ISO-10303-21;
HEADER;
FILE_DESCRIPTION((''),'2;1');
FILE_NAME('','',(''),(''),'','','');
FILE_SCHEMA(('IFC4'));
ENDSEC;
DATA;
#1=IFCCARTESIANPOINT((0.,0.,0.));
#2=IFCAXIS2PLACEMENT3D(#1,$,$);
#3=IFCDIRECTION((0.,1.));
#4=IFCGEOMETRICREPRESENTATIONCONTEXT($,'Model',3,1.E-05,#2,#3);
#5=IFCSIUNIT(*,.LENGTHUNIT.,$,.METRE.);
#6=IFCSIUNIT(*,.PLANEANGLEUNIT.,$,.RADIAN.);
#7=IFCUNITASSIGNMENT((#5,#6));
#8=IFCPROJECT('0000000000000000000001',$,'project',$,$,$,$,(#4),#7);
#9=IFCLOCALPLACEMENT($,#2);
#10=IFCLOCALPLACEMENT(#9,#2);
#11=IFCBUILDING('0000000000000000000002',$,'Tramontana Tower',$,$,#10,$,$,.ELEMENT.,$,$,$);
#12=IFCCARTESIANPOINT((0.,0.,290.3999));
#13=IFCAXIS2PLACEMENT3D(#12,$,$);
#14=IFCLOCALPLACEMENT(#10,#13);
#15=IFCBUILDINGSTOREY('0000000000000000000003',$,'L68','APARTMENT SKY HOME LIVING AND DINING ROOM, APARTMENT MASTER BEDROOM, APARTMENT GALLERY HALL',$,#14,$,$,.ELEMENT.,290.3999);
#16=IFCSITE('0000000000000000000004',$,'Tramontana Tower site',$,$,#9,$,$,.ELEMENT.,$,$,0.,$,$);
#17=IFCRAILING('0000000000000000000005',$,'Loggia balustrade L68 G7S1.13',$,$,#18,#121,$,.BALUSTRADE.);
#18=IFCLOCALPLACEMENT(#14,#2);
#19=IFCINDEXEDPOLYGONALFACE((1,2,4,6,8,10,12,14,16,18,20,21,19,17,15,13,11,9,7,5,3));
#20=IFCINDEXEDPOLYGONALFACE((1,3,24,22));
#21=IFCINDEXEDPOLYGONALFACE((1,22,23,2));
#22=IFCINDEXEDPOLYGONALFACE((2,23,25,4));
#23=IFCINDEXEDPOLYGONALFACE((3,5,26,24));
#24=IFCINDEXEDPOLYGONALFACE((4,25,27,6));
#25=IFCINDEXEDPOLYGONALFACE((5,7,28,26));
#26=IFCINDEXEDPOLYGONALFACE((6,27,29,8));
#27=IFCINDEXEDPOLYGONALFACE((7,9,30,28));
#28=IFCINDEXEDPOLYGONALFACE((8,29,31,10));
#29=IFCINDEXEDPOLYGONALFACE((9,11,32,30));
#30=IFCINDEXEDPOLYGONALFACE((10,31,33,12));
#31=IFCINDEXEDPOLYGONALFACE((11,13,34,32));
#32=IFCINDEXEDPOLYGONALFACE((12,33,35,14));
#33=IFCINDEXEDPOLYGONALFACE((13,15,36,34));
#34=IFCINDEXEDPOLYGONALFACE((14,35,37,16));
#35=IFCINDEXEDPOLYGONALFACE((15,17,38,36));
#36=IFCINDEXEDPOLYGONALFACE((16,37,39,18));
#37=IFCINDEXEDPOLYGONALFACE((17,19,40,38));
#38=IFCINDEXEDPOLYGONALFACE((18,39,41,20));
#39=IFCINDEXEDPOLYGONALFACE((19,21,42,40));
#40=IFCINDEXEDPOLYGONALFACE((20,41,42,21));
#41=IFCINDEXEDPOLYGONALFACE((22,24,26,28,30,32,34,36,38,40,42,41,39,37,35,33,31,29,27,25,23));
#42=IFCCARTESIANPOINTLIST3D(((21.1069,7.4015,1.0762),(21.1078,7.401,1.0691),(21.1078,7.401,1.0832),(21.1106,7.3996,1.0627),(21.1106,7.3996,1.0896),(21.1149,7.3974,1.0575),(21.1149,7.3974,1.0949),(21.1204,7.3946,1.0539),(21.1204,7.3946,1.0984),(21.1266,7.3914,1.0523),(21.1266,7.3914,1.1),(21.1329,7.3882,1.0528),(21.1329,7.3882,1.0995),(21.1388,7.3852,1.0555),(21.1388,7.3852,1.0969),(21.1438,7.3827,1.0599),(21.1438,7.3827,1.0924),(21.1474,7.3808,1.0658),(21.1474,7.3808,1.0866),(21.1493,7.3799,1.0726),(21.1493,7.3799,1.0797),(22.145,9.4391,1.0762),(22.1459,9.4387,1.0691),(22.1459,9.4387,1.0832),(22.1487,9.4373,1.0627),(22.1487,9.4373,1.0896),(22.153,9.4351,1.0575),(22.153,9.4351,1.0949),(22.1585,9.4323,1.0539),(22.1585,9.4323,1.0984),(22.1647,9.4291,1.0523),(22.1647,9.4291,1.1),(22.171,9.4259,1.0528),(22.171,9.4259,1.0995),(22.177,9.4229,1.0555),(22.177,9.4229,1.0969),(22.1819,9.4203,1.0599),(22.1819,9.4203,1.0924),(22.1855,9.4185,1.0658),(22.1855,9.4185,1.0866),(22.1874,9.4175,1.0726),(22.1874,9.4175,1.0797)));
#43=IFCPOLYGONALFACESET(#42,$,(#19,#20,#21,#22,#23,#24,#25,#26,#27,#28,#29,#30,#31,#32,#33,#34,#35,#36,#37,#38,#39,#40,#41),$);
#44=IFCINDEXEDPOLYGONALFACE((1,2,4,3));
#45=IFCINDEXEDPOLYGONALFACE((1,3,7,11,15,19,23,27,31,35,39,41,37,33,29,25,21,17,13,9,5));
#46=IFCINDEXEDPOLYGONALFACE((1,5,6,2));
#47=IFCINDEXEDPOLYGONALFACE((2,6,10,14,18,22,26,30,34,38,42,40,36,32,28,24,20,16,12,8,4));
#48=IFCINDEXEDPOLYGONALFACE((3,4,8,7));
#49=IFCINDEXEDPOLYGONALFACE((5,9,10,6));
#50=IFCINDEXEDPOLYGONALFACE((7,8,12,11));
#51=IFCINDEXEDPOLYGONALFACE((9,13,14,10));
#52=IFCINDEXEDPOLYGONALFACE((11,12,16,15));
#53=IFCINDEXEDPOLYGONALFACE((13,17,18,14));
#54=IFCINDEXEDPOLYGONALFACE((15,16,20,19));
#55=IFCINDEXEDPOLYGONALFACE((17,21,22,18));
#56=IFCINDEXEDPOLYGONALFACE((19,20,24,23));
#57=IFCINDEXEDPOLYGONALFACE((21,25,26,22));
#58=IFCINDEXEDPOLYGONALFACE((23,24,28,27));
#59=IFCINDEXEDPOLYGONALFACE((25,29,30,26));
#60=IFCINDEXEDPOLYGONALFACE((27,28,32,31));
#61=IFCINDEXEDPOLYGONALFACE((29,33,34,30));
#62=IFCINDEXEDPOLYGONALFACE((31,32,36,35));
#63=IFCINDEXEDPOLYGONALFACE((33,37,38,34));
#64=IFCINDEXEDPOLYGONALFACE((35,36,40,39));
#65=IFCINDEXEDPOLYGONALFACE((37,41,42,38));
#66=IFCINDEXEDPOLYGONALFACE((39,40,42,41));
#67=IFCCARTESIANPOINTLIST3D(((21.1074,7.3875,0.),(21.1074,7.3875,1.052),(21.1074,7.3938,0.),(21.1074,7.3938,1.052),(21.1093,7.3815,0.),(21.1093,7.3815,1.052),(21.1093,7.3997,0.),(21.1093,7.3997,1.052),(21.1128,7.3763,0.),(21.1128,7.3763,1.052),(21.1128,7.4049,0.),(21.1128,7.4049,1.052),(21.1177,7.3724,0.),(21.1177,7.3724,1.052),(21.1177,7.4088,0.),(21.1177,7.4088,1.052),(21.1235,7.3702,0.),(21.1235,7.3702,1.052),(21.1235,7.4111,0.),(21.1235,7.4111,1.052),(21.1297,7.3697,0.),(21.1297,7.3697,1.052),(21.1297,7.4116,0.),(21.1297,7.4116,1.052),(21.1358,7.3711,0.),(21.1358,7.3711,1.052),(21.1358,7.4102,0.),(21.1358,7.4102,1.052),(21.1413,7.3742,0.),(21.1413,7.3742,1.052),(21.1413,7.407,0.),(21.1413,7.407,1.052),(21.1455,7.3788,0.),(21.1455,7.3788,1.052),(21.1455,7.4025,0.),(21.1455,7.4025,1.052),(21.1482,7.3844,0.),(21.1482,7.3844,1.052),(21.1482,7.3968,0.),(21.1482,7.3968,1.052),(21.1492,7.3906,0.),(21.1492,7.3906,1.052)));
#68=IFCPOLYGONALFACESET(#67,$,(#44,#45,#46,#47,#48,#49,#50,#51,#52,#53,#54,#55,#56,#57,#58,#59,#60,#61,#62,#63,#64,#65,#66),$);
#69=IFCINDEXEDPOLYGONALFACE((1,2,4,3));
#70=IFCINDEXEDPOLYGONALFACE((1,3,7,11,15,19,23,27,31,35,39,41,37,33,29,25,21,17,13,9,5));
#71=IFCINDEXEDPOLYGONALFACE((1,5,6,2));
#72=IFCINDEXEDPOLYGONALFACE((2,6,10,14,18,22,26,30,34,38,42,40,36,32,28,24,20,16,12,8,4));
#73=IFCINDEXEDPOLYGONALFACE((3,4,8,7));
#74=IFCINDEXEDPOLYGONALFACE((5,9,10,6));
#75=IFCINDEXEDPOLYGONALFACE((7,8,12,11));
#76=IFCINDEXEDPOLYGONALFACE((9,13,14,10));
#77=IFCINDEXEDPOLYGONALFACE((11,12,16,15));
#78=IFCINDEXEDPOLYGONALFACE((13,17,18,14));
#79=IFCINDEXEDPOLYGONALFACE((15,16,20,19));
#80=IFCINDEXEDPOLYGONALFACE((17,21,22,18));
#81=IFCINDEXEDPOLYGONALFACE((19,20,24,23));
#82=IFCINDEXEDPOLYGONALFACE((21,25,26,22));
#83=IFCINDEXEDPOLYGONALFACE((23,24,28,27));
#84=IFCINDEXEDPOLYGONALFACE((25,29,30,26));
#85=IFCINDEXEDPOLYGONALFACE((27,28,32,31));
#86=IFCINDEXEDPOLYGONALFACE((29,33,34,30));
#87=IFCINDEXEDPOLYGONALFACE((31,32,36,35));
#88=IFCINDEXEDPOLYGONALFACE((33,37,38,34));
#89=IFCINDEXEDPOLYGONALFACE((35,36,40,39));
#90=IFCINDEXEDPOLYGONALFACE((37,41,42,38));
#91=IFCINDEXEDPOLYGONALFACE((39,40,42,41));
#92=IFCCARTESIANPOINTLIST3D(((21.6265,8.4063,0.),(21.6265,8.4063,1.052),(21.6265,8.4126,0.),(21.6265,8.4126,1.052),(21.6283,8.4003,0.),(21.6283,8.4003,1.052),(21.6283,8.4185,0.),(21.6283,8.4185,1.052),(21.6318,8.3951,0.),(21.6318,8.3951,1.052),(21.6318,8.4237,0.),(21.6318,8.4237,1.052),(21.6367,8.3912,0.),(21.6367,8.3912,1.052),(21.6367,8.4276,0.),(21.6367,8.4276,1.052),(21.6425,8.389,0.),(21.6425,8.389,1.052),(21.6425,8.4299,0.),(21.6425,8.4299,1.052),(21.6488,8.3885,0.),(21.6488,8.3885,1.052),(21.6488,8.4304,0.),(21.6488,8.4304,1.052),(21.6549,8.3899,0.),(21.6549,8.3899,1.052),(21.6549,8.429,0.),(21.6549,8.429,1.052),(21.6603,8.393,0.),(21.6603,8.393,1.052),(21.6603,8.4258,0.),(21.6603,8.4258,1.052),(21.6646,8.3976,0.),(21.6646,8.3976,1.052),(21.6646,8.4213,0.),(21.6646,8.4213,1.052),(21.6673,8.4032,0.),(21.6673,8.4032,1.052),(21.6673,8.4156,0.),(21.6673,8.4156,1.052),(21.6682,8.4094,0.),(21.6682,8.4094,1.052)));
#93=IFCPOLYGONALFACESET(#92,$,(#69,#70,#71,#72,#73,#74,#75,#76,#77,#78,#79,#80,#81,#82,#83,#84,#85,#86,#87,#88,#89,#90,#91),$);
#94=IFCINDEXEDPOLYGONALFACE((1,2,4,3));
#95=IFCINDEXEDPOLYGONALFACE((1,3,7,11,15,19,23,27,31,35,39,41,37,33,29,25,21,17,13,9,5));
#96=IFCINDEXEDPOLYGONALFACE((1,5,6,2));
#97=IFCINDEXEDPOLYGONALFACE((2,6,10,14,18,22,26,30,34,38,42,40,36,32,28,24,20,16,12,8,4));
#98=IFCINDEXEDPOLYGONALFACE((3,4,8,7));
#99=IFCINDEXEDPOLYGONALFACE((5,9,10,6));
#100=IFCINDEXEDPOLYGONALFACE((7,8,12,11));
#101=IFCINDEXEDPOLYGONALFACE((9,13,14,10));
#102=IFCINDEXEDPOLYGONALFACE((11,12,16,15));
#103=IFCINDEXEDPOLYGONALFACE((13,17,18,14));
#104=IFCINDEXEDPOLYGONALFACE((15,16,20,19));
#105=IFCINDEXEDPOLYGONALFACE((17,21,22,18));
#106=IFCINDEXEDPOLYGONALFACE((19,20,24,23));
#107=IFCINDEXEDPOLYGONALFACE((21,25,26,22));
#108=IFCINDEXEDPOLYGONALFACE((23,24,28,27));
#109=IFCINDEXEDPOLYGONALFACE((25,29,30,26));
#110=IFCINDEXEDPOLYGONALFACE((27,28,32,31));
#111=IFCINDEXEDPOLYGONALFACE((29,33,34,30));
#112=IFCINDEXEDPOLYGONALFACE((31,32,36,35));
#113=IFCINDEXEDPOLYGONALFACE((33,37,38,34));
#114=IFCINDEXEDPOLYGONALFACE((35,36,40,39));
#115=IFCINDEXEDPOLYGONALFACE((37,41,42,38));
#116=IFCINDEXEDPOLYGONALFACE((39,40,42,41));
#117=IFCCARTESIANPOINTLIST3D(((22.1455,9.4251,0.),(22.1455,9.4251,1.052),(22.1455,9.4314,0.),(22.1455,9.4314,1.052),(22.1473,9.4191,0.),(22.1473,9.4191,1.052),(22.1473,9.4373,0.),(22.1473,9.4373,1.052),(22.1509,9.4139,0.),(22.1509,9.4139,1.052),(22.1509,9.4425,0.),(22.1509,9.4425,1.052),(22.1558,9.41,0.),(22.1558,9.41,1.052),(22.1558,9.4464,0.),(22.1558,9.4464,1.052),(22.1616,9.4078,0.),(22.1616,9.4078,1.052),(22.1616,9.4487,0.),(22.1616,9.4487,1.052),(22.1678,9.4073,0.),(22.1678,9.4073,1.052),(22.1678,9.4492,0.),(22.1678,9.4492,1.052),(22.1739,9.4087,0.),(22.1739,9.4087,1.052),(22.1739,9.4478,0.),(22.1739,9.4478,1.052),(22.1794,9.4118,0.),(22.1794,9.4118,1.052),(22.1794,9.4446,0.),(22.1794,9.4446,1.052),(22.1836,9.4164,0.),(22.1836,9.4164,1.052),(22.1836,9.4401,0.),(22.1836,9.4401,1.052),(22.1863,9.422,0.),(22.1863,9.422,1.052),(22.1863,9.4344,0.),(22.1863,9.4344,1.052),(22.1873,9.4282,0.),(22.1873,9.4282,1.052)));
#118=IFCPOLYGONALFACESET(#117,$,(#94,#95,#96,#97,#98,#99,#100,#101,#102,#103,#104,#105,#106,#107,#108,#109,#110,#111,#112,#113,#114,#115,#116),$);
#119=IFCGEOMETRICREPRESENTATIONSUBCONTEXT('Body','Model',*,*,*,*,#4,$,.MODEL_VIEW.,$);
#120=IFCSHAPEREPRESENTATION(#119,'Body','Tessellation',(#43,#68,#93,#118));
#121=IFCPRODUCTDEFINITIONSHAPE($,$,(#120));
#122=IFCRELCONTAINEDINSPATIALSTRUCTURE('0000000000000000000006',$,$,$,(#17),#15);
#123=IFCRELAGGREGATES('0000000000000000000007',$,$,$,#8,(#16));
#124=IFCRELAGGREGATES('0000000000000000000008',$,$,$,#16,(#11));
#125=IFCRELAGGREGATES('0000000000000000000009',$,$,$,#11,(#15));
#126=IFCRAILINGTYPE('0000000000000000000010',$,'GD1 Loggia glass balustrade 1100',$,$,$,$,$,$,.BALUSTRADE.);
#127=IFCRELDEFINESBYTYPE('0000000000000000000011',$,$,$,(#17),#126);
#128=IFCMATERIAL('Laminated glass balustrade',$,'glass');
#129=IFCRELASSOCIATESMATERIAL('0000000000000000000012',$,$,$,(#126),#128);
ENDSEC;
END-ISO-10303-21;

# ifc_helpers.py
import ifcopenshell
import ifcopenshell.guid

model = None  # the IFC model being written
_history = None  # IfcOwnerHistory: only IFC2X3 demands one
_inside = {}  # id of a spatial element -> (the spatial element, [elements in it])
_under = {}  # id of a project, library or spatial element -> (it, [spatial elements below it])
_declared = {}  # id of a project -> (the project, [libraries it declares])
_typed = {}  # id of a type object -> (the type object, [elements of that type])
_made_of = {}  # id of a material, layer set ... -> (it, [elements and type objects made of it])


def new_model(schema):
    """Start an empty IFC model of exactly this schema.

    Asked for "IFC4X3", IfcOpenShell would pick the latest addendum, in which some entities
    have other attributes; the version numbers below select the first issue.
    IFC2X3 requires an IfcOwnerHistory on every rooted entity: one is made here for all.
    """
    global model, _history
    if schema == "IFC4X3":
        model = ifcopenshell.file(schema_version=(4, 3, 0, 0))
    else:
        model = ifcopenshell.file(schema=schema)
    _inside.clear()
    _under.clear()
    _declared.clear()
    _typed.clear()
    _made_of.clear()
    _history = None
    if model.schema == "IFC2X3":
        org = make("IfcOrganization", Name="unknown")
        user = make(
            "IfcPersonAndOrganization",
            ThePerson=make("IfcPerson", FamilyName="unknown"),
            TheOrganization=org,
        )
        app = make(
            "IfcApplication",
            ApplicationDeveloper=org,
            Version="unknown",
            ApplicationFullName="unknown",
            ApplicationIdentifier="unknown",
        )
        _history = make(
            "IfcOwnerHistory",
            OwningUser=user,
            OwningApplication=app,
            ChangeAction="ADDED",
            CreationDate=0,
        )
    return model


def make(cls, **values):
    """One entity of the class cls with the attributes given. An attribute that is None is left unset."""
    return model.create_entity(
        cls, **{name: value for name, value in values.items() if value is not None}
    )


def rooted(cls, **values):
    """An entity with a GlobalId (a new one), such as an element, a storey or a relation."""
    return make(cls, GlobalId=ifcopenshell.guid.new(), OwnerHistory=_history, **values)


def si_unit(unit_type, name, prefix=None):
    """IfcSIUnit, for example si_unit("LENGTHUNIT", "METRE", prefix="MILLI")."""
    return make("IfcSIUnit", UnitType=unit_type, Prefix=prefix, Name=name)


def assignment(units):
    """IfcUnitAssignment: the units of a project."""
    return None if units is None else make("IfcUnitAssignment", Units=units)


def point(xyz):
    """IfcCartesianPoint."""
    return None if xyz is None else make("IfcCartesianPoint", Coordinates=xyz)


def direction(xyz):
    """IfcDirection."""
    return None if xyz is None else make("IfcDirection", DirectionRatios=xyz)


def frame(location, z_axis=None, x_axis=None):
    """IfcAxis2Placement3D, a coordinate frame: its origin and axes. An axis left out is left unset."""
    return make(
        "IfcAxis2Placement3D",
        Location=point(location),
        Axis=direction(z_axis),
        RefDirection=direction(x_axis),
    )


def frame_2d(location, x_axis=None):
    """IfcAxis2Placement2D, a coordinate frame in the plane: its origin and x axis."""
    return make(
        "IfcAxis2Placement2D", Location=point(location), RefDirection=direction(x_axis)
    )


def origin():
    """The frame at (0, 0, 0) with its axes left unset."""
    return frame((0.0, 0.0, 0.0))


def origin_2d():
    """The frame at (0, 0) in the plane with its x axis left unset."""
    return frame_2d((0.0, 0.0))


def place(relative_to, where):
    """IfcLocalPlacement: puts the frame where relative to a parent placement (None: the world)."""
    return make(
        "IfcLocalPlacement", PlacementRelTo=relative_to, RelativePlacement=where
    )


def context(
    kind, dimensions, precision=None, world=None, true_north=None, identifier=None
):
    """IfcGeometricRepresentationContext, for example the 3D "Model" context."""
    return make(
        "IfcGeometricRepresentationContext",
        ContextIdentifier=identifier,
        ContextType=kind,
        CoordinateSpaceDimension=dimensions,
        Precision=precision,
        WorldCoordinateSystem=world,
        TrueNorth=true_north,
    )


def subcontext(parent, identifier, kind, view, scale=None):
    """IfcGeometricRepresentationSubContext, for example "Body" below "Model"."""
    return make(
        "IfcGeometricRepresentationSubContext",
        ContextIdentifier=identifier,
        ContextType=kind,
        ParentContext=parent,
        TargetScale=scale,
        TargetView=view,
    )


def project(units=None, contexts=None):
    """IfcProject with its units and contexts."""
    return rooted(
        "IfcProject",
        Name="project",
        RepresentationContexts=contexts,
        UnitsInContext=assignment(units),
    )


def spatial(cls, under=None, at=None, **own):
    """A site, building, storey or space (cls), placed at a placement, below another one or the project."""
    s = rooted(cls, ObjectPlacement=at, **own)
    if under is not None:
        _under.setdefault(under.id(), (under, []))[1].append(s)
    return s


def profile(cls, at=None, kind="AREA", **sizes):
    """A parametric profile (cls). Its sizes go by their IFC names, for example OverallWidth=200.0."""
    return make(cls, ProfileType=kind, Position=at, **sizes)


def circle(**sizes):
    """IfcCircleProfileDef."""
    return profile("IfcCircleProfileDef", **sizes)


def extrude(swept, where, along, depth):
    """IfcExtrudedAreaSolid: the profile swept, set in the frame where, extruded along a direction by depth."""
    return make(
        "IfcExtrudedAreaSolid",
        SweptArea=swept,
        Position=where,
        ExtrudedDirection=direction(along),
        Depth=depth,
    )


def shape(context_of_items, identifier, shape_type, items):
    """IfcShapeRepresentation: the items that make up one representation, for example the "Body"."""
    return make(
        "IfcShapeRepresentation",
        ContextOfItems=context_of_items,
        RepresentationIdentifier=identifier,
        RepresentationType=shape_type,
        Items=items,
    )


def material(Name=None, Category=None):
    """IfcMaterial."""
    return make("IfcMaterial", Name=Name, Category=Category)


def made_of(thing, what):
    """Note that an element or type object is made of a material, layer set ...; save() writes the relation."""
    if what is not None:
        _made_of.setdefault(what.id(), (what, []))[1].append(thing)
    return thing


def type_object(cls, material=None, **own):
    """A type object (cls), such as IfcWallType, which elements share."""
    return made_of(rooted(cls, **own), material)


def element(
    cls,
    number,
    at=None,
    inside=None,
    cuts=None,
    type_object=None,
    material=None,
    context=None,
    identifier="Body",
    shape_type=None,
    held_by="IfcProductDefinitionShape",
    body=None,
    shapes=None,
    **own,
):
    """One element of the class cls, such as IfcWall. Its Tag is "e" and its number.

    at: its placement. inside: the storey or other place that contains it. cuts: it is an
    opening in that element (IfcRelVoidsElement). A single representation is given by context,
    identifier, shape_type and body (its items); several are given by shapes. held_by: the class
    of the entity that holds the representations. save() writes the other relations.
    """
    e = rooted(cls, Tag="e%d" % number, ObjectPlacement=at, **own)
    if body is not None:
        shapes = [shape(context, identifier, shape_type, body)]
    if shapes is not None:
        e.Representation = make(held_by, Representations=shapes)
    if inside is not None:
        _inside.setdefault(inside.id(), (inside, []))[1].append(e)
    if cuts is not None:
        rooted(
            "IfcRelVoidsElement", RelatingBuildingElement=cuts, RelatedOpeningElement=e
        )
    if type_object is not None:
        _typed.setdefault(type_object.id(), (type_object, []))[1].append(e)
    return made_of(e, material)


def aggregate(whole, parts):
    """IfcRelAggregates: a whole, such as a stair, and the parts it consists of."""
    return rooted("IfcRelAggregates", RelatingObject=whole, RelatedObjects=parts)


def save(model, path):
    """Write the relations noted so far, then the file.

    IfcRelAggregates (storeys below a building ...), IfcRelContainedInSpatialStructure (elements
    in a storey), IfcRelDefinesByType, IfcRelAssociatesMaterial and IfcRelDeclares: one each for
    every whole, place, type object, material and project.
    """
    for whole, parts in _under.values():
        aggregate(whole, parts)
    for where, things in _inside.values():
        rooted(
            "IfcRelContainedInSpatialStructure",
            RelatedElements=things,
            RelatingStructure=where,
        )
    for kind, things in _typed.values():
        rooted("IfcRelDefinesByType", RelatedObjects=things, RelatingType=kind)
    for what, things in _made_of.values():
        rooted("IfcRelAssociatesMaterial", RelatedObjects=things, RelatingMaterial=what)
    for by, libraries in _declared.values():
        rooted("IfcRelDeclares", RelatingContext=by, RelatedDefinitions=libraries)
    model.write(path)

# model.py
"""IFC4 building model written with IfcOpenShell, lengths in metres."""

from ifc_helpers import new_model, si_unit, direction, frame, origin, origin_2d, place, context, subcontext, project, spatial, circle, extrude, material, type_object, element, save


model = new_model("IFC4")

# Units and contexts
model_context = context("Model", 3, precision=1e-05, world=origin(), true_north=direction((0.0, 1.0)))
body_context = subcontext(model_context, "Body", "Model", "MODEL_VIEW")
ifc_project = project(units=[si_unit("LENGTHUNIT", "METRE"), si_unit("PLANEANGLEUNIT", "RADIAN")], contexts=[model_context])

# Site, building, storey
site_placement = place(None, origin())
site = spatial("IfcSite", under=ifc_project, at=site_placement, Name="Tramontana Tower site", CompositionType="ELEMENT", RefElevation=0.0)
building_placement = place(site_placement, origin())
building = spatial("IfcBuilding", under=site, at=building_placement, Name="Tramontana Tower", CompositionType="ELEMENT")
storey_placement = place(building_placement, frame((0.0, 0.0, 290.3999)))
storey = spatial("IfcBuildingStorey", under=building, at=storey_placement, Name="L68", Description="APARTMENT SKY HOME LIVING AND DINING ROOM, APARTMENT MASTER BEDROOM, APARTMENT GALLERY HALL", CompositionType="ELEMENT", Elevation=290.3999)

# Railing
ifc_material_1 = material(Name="Laminated glass balustrade", Category="glass")
railing_type = type_object("IfcRailingType", Name="GD1 Loggia glass balustrade 1100", PredefinedType="BALUSTRADE", material=ifc_material_1)
railing_placement = place(storey_placement, frame((21.1282, 7.3906, 0.0)))
element("IfcRailing", 1, at=railing_placement, inside=storey, type_object=railing_type, Name="Loggia balustrade L68 G7S1.13", PredefinedType="BALUSTRADE", context=body_context, shape_type="SweptSolid", body=[
    extrude(circle(Radius=0.0239, at=origin_2d()), frame((0.0, 0.0, 1.0762), z_axis=(0.453948, 0.891028, 0.0), x_axis=(-0.891028, 0.453948, 0.0)), (0.0, 0.0, 1.0), 2.2869),
    extrude(circle(Radius=0.021, at=origin_2d()), origin(), (0.0, 0.0, 1.0), 1.052),
    extrude(circle(Radius=0.021, at=origin_2d()), frame((0.519, 1.0188, 0.0)), (0.0, 0.0, 1.0), 1.052),
    extrude(circle(Radius=0.021, at=origin_2d()), frame((1.0381, 2.0376, 0.0)), (0.0, 0.0, 1.0), 1.052),
])

save(model, "model.ifc")
